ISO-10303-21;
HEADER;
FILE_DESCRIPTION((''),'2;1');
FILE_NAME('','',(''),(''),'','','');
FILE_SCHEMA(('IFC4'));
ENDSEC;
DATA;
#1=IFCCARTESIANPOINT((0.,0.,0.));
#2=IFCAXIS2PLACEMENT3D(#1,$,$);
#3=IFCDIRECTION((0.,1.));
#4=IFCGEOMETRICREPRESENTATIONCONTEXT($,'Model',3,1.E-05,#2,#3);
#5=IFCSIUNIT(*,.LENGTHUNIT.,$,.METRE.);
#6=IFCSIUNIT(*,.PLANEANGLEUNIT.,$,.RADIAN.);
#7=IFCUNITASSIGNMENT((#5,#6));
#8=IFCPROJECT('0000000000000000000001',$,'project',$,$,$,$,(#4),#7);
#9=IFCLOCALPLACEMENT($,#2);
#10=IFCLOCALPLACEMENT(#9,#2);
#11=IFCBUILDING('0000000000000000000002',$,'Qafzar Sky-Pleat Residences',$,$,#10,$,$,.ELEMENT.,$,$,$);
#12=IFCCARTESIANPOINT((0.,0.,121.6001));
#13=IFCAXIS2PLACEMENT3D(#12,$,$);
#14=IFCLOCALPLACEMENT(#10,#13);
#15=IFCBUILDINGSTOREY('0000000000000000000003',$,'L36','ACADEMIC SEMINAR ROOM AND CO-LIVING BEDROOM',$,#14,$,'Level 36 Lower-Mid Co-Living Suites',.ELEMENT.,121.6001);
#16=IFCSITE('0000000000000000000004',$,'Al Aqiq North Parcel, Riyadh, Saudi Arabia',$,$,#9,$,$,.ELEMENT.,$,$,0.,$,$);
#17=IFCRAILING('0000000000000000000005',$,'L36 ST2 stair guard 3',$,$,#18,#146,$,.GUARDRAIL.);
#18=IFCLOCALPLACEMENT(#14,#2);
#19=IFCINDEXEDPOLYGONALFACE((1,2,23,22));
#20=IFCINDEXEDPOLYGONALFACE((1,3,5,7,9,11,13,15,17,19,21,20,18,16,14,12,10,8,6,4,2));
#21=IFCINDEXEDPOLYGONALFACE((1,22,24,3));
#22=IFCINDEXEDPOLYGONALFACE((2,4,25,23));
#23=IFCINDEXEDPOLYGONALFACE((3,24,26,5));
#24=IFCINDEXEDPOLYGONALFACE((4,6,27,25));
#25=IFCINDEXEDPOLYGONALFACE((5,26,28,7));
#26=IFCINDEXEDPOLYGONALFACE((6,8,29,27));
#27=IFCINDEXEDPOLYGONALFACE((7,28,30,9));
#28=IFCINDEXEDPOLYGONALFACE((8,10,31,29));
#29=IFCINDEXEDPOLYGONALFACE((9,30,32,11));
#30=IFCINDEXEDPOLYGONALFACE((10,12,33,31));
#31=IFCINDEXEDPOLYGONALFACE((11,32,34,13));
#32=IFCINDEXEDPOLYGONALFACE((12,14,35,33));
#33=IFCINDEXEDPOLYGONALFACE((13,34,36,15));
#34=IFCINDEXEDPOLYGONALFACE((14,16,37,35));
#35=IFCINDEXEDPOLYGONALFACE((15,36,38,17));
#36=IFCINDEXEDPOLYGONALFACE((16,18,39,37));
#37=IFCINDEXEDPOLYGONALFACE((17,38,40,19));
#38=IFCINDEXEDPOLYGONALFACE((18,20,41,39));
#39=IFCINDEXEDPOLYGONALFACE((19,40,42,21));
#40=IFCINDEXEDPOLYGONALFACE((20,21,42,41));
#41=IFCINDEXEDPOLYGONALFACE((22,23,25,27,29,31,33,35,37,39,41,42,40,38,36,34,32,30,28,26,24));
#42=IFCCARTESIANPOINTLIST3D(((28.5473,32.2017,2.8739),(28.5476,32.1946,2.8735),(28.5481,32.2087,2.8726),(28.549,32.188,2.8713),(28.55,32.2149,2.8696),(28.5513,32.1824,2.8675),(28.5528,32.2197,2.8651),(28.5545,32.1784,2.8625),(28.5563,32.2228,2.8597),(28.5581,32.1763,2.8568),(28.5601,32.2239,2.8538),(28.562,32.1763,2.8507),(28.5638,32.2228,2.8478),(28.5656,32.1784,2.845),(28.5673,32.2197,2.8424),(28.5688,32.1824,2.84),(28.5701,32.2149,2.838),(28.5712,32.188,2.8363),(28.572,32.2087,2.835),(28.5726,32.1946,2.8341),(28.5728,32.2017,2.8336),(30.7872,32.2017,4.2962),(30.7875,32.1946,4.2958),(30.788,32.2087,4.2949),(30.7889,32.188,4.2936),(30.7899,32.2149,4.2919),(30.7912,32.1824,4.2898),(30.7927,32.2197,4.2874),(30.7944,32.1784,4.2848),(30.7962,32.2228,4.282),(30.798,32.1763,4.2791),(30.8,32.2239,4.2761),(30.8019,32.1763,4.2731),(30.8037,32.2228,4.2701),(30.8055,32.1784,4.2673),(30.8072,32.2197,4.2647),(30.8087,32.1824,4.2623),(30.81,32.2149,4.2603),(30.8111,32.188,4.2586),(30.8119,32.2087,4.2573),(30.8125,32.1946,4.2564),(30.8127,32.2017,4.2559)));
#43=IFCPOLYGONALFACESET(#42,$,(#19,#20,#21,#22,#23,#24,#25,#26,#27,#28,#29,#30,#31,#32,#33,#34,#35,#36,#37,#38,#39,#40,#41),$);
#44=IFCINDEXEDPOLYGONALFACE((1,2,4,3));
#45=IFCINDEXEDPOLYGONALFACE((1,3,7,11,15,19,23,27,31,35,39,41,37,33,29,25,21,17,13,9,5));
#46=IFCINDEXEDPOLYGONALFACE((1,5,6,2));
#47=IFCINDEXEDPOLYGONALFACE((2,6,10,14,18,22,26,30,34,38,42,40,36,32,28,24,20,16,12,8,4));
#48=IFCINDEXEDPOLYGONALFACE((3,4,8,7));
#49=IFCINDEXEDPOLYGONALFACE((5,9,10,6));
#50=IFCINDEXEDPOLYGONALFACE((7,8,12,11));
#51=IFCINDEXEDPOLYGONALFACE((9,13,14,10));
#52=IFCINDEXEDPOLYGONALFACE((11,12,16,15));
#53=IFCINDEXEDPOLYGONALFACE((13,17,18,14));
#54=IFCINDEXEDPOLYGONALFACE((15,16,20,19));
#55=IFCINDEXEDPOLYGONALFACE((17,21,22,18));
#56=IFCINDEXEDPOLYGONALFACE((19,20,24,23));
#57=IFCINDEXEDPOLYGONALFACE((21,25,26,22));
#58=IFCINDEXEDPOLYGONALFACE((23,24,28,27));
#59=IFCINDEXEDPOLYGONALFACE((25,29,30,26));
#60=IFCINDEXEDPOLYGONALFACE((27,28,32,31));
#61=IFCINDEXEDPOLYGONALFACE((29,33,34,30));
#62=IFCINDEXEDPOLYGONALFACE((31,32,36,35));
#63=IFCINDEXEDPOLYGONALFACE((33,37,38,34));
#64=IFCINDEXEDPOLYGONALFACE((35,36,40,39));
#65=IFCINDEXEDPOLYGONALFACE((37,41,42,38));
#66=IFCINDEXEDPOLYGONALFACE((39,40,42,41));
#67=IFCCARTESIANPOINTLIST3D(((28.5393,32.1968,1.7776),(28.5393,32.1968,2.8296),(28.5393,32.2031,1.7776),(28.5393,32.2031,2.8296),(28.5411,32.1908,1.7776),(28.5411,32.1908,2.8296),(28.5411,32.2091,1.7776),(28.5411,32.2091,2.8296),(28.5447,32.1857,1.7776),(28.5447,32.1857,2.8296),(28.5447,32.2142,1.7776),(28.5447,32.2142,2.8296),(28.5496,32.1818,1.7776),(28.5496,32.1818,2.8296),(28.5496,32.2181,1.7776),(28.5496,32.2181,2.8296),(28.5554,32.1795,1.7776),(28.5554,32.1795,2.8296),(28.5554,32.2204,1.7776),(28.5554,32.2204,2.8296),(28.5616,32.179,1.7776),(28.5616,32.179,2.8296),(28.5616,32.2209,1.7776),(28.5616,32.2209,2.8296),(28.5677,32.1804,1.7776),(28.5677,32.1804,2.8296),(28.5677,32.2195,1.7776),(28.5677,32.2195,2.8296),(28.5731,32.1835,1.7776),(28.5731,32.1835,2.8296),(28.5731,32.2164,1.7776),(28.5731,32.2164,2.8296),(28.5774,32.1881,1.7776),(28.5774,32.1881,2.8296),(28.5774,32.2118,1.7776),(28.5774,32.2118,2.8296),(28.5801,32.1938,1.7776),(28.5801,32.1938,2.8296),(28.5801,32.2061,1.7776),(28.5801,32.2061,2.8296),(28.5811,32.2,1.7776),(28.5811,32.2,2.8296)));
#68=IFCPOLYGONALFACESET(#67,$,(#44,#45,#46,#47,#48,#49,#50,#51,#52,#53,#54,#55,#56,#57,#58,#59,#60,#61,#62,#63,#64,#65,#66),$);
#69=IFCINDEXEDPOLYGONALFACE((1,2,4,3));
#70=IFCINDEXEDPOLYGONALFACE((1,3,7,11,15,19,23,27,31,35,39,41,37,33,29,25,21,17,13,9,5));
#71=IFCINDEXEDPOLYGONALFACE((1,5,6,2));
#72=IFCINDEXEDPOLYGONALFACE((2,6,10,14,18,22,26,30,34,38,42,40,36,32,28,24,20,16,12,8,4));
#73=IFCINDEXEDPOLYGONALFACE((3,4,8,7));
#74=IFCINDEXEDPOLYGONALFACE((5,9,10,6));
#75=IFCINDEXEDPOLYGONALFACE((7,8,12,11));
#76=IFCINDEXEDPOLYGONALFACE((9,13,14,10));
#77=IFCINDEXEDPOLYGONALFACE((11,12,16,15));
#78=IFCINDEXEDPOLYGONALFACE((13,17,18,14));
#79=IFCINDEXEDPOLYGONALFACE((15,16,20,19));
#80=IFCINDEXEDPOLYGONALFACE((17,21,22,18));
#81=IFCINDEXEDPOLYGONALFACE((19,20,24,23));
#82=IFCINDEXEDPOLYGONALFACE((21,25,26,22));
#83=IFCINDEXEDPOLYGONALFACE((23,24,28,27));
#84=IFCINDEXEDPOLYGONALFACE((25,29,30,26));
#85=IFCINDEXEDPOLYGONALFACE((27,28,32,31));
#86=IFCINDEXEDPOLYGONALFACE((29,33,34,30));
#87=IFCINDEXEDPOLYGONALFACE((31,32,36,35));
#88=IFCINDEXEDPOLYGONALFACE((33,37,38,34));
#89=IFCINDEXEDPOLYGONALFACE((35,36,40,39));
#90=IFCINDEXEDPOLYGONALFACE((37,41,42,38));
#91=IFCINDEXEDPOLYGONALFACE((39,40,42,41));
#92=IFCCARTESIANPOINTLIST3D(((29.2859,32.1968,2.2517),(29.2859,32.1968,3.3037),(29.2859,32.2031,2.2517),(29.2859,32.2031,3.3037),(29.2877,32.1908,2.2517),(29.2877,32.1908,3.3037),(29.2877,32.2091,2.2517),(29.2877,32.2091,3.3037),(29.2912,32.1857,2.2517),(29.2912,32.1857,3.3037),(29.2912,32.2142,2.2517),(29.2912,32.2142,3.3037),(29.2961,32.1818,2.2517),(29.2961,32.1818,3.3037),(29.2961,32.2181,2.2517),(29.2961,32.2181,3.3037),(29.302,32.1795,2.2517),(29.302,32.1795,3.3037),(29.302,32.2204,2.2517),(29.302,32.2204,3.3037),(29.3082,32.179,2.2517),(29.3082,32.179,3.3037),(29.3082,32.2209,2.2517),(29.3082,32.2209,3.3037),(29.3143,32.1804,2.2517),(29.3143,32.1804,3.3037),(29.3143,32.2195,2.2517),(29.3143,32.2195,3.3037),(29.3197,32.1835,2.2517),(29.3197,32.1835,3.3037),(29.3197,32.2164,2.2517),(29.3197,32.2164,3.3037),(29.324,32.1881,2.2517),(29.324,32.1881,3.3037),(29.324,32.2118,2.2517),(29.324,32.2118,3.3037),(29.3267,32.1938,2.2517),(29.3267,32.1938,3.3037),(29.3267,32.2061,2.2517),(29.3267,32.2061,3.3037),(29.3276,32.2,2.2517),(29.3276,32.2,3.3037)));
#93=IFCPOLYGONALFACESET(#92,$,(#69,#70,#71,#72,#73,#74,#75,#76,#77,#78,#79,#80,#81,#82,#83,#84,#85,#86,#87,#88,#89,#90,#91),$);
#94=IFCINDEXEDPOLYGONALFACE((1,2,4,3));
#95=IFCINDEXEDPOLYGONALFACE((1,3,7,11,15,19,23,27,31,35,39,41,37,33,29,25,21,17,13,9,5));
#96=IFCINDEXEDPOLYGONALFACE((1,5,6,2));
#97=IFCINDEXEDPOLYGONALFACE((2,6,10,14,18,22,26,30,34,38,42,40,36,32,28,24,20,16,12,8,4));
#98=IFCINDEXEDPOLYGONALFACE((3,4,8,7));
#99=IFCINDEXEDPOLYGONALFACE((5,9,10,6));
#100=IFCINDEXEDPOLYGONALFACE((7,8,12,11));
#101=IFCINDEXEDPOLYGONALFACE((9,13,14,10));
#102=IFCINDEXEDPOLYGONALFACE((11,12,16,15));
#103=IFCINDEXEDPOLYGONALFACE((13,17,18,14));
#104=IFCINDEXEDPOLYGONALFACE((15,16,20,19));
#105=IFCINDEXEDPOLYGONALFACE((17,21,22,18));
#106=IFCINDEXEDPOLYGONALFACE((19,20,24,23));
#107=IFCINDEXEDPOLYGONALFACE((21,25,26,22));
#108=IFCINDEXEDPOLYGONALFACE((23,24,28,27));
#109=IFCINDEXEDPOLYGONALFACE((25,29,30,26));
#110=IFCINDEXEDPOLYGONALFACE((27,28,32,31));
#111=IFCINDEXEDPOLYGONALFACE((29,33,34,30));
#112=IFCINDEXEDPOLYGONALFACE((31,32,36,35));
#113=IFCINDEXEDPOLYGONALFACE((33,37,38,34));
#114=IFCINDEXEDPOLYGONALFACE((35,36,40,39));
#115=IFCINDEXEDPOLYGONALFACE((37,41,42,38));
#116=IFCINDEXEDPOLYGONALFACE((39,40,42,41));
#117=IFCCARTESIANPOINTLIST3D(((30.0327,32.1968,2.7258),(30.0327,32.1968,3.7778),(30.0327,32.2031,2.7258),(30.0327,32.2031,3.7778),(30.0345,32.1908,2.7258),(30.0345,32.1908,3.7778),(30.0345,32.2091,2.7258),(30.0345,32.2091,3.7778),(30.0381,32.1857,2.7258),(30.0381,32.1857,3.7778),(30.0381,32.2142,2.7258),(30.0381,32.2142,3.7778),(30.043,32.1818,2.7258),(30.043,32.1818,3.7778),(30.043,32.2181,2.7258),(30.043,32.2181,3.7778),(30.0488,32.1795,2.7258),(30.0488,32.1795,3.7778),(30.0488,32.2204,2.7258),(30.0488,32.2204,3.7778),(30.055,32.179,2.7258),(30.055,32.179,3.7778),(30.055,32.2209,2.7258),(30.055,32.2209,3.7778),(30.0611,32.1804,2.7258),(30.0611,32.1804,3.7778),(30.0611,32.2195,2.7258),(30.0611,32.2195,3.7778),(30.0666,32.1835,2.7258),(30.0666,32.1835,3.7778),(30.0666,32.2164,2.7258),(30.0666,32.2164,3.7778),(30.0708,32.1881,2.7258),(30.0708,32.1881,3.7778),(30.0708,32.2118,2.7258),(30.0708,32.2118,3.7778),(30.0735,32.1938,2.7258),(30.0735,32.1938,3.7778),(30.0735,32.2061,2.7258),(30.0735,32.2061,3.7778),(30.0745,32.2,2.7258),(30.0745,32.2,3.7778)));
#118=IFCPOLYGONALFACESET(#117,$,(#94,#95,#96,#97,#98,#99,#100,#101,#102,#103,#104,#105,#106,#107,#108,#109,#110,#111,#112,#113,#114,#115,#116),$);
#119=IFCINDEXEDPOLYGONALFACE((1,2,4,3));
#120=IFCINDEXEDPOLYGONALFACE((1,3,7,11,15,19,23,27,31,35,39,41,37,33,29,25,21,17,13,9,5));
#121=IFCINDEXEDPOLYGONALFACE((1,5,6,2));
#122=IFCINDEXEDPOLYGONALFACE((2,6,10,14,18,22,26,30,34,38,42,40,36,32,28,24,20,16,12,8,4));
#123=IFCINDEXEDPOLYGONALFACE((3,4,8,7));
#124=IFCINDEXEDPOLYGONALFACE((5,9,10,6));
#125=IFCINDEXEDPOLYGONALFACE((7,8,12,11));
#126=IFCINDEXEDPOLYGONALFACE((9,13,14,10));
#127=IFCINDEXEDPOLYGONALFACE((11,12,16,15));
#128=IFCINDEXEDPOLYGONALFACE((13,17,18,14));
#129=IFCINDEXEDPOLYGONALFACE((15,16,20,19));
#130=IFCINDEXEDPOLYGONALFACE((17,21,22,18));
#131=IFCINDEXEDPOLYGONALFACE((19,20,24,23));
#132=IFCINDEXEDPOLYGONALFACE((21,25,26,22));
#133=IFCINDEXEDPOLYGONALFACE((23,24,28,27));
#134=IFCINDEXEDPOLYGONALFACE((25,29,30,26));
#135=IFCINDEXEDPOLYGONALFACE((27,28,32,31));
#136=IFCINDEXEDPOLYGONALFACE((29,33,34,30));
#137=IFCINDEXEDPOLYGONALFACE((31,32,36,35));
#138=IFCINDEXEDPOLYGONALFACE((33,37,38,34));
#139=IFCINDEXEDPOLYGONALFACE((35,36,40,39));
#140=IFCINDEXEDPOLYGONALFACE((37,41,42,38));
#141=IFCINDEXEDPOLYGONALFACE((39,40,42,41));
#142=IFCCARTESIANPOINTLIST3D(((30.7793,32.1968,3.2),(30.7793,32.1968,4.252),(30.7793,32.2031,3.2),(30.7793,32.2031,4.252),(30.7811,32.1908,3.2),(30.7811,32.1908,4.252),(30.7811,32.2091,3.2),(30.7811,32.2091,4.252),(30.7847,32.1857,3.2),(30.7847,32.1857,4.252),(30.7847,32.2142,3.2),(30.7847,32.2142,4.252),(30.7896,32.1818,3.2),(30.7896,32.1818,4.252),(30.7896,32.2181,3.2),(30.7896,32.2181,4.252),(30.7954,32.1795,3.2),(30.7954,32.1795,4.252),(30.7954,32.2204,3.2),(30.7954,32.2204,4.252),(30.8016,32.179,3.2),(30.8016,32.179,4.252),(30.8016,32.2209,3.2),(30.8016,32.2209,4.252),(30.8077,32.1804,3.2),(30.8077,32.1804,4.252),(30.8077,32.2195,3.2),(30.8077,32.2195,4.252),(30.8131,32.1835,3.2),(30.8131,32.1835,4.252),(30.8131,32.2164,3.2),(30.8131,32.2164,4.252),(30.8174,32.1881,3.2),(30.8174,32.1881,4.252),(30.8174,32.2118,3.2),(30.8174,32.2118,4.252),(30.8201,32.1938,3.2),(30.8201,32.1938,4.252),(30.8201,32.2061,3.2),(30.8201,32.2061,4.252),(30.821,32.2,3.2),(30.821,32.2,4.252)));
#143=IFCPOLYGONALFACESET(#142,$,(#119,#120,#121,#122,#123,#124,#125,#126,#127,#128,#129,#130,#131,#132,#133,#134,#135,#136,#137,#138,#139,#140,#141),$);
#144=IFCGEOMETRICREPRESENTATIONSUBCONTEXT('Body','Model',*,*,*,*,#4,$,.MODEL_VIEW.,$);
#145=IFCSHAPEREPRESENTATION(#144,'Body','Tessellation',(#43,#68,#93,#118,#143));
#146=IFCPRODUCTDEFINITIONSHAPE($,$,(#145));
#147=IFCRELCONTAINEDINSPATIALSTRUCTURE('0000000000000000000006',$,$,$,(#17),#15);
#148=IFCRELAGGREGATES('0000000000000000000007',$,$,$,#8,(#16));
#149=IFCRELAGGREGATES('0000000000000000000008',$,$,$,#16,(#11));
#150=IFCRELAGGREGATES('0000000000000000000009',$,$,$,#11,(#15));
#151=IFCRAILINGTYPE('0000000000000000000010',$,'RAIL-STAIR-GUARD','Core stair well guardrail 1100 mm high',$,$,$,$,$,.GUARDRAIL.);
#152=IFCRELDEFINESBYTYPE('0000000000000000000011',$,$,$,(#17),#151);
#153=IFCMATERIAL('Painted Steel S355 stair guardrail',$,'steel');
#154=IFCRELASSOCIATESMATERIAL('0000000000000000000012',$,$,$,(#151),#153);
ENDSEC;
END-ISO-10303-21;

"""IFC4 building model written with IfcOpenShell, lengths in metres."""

from ifc_helpers import new_model, si_unit, direction, frame, origin, origin_2d, place, context, subcontext, project, spatial, circle, extrude, source, transform, mapped, material, type_object, element, save


model = new_model("IFC4")

# Units and contexts
model_context = context("Model", 3, precision=1e-05, world=origin(), true_north=direction((0.0, 1.0)))
body_context = subcontext(model_context, "Body", "Model", "MODEL_VIEW")
ifc_project = project(units=[si_unit("LENGTHUNIT", "METRE"), si_unit("PLANEANGLEUNIT", "RADIAN")], contexts=[model_context])

# Site, building, storey
site_placement = place(None, origin())
site = spatial("IfcSite", under=ifc_project, at=site_placement, Name="Al Aqiq North Parcel, Riyadh, Saudi Arabia", CompositionType="ELEMENT", RefElevation=0.0)
building_placement = place(site_placement, origin())
building = spatial("IfcBuilding", under=site, at=building_placement, Name="Qafzar Sky-Pleat Residences", CompositionType="ELEMENT")
storey_placement = place(building_placement, frame((0.0, 0.0, 121.6001)))
storey = spatial("IfcBuildingStorey", under=building, at=storey_placement, Name="L36", Description="ACADEMIC SEMINAR ROOM AND CO-LIVING BEDROOM", LongName="Level 36 Lower-Mid Co-Living Suites", CompositionType="ELEMENT", Elevation=121.6001)

# Railing
ifc_material_1 = material(Name="Painted Steel S355 stair guardrail", Category="steel")
railing_type_1 = type_object("IfcRailingType", Name="RAIL-STAIR-GUARD", Description="Core stair well guardrail 1100 mm high", PredefinedType="GUARDRAIL", material=ifc_material_1)
shared_shape_1 = source(origin(), body_context, "Body", "SweptSolid", [
    extrude(circle(Radius=0.0239, at=origin_2d()), frame((0.0, 0.0, 1.0762), z_axis=(0.844188, 0.0, 0.536048), x_axis=(0.0, 1.0, 0.0)), (0.0, 0.0, 1.0), 2.6533),
    extrude(circle(Radius=0.021, at=origin_2d()), origin(), (0.0, 0.0, 1.0), 1.052),
    extrude(circle(Radius=0.021, at=origin_2d()), frame((0.7466, 0.0, 0.4741)), (0.0, 0.0, 1.0), 1.052),
    extrude(circle(Radius=0.021, at=origin_2d()), frame((1.4934, 0.0, 0.9482)), (0.0, 0.0, 1.0), 1.052),
    extrude(circle(Radius=0.021, at=origin_2d()), frame((2.24, 0.0, 1.4224)), (0.0, 0.0, 1.0), 1.052),
])
railing_1_placement = place(storey_placement, frame((28.5601, 32.2, 1.7776)))
element("IfcRailing", 1, at=railing_1_placement, inside=storey, type_object=railing_type_1, Name="L36 ST2 stair guard 3", PredefinedType="GUARDRAIL", context=body_context, shape_type="MappedRepresentation", body=[
    mapped(shared_shape_1, transform((0.0, 0.0, 0.0), x_axis=(1.0, 0.0, 0.0), y_axis=(0.0, 1.0, 0.0), z_axis=(0.0, 0.0, 1.0), scale=1.0)),
])

save(model, "model.ifc")
